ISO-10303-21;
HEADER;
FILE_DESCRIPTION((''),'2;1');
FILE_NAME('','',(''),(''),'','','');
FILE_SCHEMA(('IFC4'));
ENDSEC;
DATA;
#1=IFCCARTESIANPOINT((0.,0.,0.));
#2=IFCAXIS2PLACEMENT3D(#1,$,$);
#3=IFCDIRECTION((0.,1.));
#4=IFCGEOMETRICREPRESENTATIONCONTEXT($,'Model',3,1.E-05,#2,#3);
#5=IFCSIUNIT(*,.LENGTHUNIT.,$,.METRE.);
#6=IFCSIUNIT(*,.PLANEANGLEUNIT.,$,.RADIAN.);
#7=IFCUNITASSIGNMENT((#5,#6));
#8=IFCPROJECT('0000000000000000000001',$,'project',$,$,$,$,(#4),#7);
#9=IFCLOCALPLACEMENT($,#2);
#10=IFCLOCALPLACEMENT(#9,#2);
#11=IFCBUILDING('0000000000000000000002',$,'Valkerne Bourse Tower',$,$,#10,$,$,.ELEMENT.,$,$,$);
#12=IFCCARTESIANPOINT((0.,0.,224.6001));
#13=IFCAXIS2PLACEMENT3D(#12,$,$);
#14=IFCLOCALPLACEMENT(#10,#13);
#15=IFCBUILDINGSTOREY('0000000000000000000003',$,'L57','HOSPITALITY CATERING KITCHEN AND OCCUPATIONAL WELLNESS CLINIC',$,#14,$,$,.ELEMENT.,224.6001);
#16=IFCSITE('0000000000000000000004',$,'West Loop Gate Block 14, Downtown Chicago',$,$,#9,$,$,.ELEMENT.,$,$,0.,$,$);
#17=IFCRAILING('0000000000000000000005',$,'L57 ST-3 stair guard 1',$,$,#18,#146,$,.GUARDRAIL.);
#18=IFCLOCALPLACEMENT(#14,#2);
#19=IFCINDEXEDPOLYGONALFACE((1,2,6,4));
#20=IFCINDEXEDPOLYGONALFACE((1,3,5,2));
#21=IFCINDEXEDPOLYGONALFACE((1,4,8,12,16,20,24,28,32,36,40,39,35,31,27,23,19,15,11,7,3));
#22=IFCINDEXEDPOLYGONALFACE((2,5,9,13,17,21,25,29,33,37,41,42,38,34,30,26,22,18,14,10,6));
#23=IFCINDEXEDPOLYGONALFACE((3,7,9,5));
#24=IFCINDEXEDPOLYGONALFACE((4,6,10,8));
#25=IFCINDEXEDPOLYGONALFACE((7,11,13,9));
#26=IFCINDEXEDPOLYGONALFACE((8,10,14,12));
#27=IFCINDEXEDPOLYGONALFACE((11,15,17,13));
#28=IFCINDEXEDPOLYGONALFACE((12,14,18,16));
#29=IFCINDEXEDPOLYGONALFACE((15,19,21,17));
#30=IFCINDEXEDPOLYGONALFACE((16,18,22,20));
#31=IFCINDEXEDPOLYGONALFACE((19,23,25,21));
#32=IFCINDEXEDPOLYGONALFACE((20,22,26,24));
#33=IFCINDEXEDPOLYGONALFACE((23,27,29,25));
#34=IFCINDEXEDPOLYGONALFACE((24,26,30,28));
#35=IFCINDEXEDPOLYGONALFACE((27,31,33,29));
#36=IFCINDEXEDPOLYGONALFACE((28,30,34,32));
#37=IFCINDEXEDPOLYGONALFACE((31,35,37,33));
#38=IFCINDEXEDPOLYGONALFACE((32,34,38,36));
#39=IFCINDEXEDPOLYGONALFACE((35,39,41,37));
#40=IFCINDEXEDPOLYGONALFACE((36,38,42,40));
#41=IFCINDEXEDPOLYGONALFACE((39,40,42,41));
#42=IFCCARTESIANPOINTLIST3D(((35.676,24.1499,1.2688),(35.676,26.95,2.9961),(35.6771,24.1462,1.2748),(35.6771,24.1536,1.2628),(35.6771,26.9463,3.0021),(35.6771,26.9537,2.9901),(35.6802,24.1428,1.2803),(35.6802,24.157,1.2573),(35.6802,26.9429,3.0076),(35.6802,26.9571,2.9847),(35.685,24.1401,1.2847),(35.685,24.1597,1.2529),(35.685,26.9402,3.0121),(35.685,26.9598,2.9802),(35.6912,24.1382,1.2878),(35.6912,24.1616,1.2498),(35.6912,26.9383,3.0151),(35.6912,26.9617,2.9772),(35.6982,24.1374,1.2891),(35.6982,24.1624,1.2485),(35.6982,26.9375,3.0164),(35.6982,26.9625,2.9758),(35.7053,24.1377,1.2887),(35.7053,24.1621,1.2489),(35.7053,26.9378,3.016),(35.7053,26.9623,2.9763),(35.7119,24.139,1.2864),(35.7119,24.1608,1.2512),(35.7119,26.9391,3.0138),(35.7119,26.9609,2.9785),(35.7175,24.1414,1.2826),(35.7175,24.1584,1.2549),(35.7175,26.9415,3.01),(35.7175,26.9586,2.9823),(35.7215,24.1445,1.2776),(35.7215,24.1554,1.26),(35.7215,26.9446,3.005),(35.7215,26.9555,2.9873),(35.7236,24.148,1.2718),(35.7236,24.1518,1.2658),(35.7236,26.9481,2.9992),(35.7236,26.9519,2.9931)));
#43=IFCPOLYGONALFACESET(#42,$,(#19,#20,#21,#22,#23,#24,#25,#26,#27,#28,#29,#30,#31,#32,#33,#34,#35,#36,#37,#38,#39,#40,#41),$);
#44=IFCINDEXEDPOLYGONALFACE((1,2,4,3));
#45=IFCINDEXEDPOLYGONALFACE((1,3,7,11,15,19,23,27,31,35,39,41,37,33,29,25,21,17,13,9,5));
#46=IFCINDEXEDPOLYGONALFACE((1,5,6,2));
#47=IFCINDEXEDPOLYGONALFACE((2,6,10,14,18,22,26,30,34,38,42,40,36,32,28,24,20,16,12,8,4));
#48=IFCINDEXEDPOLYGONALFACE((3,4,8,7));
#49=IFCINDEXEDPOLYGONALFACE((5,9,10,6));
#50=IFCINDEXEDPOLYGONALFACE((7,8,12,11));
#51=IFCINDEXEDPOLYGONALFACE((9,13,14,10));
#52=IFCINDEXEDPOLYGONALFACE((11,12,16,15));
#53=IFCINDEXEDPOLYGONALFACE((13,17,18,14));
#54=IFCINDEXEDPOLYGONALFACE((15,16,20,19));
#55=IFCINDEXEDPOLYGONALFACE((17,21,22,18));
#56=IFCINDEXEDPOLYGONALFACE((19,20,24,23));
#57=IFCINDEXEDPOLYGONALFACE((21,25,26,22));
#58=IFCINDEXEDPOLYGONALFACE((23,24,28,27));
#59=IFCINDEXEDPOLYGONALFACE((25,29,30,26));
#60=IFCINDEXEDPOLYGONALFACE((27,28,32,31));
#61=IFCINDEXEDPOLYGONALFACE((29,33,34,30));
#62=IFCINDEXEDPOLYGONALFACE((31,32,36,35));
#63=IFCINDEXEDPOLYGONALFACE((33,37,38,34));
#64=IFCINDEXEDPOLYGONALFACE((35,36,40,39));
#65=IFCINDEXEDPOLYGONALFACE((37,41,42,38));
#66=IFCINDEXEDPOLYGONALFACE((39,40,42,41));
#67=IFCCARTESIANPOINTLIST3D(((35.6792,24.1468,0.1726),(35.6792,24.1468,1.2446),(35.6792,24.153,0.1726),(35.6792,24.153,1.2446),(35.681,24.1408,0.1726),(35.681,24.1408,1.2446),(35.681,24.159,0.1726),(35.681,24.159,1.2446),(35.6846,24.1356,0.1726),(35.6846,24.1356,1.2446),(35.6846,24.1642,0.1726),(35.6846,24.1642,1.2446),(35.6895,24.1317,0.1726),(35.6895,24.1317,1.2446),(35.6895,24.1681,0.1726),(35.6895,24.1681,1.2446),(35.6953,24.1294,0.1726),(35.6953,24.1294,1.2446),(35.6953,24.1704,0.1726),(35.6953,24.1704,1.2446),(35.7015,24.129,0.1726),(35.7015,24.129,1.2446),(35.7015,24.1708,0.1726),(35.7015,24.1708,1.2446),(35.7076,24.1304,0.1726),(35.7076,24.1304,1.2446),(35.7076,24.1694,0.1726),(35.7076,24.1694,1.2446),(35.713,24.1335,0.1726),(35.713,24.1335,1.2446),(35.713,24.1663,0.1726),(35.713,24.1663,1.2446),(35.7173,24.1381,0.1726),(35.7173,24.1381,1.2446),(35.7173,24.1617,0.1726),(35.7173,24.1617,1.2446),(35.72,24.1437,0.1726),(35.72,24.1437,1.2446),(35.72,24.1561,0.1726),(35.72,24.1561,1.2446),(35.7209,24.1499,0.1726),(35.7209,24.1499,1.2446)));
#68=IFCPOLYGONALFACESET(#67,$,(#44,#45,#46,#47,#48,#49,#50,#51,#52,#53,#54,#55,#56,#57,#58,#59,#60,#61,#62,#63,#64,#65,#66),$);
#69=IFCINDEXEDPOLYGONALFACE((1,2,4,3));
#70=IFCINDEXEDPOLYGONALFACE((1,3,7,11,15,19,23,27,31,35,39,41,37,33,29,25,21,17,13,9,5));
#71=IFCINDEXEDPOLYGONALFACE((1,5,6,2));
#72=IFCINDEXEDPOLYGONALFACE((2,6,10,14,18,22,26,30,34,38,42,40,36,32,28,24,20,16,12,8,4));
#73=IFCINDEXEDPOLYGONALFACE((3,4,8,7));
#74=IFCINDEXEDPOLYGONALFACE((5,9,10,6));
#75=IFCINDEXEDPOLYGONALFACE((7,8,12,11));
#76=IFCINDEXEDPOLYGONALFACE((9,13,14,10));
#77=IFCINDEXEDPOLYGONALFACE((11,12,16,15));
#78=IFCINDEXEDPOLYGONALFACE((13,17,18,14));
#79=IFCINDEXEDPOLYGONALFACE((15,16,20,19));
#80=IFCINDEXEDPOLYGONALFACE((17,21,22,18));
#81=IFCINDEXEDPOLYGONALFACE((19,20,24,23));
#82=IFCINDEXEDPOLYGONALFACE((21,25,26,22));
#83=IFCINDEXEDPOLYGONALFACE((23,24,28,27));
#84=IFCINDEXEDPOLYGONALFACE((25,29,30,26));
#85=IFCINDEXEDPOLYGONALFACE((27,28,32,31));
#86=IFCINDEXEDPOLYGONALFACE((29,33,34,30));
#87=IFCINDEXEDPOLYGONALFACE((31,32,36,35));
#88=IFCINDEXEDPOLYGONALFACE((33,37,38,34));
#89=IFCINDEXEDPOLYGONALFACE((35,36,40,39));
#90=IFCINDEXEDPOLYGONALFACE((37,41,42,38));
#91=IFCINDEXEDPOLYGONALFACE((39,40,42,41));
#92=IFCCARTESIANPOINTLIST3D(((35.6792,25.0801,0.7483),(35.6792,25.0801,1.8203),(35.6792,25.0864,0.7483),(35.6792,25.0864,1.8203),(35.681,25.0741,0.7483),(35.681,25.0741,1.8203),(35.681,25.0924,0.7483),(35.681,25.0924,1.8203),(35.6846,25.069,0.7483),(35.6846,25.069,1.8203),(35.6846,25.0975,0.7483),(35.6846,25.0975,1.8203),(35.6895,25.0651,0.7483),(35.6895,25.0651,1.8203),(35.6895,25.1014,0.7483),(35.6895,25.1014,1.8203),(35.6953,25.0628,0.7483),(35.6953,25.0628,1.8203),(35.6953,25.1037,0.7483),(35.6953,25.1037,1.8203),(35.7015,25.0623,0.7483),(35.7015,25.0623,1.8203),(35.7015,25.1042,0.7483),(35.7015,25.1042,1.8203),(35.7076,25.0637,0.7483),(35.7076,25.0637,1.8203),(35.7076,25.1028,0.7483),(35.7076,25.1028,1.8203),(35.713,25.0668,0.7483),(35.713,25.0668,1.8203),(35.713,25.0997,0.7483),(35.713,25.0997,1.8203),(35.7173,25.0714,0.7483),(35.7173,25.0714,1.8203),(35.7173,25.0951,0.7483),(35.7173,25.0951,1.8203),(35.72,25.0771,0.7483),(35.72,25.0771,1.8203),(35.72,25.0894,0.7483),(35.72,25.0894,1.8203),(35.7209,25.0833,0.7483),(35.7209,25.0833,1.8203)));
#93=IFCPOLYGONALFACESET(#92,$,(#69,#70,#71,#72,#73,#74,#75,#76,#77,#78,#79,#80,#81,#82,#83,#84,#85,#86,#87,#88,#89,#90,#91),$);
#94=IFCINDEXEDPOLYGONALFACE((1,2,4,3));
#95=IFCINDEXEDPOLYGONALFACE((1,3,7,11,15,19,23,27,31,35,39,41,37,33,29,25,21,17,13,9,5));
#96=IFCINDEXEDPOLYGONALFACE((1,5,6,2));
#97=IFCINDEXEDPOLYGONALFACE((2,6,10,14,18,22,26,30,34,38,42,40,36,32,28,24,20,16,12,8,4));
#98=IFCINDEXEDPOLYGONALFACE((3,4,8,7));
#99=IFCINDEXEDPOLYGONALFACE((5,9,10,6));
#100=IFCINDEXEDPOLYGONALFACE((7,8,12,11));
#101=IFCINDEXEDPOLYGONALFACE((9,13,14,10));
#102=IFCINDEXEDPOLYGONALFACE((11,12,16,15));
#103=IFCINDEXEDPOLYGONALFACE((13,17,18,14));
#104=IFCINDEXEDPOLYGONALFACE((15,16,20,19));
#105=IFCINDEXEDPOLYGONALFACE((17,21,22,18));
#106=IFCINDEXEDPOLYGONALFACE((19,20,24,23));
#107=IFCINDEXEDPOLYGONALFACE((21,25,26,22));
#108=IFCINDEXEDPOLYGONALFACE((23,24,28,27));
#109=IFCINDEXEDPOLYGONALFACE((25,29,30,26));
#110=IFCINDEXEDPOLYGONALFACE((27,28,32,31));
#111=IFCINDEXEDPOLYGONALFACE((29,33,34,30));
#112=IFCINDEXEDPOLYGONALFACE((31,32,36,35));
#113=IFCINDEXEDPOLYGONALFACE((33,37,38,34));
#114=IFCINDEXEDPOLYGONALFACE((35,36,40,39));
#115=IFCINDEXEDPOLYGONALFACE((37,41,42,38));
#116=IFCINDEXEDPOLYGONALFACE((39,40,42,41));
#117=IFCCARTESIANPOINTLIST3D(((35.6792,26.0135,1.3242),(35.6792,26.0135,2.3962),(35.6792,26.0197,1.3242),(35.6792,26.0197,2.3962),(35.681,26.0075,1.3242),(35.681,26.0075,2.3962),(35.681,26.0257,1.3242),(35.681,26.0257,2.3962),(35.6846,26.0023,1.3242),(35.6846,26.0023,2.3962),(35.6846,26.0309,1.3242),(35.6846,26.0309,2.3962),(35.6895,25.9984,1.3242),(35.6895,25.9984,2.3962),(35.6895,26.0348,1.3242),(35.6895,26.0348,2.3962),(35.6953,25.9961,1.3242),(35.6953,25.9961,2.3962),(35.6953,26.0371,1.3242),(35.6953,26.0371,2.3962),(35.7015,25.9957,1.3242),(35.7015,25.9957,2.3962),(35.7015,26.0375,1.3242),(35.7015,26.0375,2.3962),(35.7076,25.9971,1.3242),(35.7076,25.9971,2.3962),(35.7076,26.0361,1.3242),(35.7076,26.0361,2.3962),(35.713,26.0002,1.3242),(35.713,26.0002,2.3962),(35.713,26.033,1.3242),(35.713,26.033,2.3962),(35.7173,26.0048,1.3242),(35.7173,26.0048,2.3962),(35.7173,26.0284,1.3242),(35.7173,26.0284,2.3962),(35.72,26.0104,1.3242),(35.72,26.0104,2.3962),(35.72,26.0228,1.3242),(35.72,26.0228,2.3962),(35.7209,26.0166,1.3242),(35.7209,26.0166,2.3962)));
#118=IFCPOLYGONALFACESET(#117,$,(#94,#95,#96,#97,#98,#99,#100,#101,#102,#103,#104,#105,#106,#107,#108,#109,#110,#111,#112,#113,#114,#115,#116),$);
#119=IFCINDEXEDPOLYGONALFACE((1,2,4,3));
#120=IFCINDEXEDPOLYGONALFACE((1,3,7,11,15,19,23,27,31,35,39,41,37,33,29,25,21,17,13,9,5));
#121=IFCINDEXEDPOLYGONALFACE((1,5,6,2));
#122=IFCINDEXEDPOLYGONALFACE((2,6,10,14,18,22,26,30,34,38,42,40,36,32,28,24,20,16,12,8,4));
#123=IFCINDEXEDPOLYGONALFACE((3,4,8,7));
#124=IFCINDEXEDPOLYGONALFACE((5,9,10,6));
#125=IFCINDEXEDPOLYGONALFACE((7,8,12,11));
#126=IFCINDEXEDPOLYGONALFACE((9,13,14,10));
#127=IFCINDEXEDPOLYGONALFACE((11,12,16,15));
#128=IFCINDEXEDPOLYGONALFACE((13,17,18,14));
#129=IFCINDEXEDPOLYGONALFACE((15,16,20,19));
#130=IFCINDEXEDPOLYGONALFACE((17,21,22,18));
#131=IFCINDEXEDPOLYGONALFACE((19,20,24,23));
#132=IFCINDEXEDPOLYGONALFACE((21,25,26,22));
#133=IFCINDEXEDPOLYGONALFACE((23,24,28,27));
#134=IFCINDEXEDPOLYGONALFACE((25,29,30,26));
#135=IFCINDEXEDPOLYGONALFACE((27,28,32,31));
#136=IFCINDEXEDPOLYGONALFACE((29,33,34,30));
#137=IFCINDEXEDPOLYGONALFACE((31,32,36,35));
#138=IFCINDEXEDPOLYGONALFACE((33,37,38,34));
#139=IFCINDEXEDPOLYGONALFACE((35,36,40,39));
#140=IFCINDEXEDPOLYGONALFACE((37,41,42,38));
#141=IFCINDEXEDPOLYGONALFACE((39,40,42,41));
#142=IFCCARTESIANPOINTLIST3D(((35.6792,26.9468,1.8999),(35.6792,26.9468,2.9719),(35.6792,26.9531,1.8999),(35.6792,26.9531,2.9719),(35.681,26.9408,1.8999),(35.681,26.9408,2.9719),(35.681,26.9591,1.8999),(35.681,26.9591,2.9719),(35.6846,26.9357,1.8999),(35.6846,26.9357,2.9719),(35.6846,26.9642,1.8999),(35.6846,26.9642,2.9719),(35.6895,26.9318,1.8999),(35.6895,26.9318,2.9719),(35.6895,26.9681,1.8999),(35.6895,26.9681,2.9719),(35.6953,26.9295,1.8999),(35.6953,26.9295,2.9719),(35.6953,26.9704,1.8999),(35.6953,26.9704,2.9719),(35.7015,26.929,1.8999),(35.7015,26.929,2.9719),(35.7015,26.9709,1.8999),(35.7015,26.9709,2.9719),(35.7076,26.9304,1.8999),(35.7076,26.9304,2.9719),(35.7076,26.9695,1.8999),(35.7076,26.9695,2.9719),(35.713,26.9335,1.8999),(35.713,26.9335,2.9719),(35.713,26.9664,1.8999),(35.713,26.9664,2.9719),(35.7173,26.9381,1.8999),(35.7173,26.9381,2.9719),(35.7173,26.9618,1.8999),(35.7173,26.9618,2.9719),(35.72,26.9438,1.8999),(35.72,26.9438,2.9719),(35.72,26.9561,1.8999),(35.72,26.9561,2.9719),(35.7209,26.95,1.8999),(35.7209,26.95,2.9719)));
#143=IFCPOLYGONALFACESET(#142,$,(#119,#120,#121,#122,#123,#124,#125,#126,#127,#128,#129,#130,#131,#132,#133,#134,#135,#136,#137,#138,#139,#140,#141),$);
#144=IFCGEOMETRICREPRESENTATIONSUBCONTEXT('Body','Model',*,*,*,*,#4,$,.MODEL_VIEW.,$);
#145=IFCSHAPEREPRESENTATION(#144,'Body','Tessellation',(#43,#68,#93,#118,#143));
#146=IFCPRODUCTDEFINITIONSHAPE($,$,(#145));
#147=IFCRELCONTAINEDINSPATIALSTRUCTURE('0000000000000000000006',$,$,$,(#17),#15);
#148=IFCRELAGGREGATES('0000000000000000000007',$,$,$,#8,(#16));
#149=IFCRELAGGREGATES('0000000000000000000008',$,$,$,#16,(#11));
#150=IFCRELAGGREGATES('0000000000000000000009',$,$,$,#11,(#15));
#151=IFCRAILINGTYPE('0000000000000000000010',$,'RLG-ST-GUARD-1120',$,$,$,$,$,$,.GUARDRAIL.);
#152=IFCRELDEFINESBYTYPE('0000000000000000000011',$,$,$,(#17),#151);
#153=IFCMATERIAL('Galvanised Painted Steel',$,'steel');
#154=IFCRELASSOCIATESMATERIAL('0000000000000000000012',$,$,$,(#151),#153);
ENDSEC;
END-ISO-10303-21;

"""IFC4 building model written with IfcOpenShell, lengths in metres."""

from ifc_helpers import new_model, si_unit, direction, frame, origin, origin_2d, place, context, subcontext, project, spatial, circle, extrude, material, type_object, element, save


model = new_model("IFC4")

# Units and contexts
model_context = context("Model", 3, precision=1e-05, world=origin(), true_north=direction((0.0, 1.0)))
body_context = subcontext(model_context, "Body", "Model", "MODEL_VIEW")
ifc_project = project(units=[si_unit("LENGTHUNIT", "METRE"), si_unit("PLANEANGLEUNIT", "RADIAN")], contexts=[model_context])

# Site, building, storey
site_placement = place(None, origin())
site = spatial("IfcSite", under=ifc_project, at=site_placement, Name="West Loop Gate Block 14, Downtown Chicago", CompositionType="ELEMENT", RefElevation=0.0)
building_placement = place(site_placement, origin())
building = spatial("IfcBuilding", under=site, at=building_placement, Name="Valkerne Bourse Tower", CompositionType="ELEMENT")
storey_placement = place(building_placement, frame((0.0, 0.0, 224.6001)))
storey = spatial("IfcBuildingStorey", under=building, at=storey_placement, Name="L57", Description="HOSPITALITY CATERING KITCHEN AND OCCUPATIONAL WELLNESS CLINIC", CompositionType="ELEMENT", Elevation=224.6001)

# Railing
ifc_material_1 = material(Name="Galvanised Painted Steel", Category="steel")
railing_type_1 = type_object("IfcRailingType", Name="RLG-ST-GUARD-1120", PredefinedType="GUARDRAIL", material=ifc_material_1)
railing_1_placement = place(storey_placement, frame((35.7, 24.1499, 0.1726)))
element("IfcRailing", 1, at=railing_1_placement, inside=storey, type_object=railing_type_1, Name="L57 ST-3 stair guard 1", PredefinedType="GUARDRAIL", context=body_context, shape_type="SweptSolid", body=[
    extrude(circle(Radius=0.0239, at=origin_2d()), frame((0.0, 0.0, 1.0962), z_axis=(0.0, 0.85109, 0.52502), x_axis=(-1.0, 0.0, 0.0)), (0.0, 0.0, 1.0), 3.29),
    extrude(circle(Radius=0.021, at=origin_2d()), origin(), (0.0, 0.0, 1.0), 1.072),
    extrude(circle(Radius=0.021, at=origin_2d()), frame((0.0, 0.9333, 0.5757)), (0.0, 0.0, 1.0), 1.072),
    extrude(circle(Radius=0.021, at=origin_2d()), frame((0.0, 1.8667, 1.1516)), (0.0, 0.0, 1.0), 1.072),
    extrude(circle(Radius=0.021, at=origin_2d()), frame((0.0, 2.8, 1.7273)), (0.0, 0.0, 1.0), 1.072),
])

save(model, "model.ifc")
